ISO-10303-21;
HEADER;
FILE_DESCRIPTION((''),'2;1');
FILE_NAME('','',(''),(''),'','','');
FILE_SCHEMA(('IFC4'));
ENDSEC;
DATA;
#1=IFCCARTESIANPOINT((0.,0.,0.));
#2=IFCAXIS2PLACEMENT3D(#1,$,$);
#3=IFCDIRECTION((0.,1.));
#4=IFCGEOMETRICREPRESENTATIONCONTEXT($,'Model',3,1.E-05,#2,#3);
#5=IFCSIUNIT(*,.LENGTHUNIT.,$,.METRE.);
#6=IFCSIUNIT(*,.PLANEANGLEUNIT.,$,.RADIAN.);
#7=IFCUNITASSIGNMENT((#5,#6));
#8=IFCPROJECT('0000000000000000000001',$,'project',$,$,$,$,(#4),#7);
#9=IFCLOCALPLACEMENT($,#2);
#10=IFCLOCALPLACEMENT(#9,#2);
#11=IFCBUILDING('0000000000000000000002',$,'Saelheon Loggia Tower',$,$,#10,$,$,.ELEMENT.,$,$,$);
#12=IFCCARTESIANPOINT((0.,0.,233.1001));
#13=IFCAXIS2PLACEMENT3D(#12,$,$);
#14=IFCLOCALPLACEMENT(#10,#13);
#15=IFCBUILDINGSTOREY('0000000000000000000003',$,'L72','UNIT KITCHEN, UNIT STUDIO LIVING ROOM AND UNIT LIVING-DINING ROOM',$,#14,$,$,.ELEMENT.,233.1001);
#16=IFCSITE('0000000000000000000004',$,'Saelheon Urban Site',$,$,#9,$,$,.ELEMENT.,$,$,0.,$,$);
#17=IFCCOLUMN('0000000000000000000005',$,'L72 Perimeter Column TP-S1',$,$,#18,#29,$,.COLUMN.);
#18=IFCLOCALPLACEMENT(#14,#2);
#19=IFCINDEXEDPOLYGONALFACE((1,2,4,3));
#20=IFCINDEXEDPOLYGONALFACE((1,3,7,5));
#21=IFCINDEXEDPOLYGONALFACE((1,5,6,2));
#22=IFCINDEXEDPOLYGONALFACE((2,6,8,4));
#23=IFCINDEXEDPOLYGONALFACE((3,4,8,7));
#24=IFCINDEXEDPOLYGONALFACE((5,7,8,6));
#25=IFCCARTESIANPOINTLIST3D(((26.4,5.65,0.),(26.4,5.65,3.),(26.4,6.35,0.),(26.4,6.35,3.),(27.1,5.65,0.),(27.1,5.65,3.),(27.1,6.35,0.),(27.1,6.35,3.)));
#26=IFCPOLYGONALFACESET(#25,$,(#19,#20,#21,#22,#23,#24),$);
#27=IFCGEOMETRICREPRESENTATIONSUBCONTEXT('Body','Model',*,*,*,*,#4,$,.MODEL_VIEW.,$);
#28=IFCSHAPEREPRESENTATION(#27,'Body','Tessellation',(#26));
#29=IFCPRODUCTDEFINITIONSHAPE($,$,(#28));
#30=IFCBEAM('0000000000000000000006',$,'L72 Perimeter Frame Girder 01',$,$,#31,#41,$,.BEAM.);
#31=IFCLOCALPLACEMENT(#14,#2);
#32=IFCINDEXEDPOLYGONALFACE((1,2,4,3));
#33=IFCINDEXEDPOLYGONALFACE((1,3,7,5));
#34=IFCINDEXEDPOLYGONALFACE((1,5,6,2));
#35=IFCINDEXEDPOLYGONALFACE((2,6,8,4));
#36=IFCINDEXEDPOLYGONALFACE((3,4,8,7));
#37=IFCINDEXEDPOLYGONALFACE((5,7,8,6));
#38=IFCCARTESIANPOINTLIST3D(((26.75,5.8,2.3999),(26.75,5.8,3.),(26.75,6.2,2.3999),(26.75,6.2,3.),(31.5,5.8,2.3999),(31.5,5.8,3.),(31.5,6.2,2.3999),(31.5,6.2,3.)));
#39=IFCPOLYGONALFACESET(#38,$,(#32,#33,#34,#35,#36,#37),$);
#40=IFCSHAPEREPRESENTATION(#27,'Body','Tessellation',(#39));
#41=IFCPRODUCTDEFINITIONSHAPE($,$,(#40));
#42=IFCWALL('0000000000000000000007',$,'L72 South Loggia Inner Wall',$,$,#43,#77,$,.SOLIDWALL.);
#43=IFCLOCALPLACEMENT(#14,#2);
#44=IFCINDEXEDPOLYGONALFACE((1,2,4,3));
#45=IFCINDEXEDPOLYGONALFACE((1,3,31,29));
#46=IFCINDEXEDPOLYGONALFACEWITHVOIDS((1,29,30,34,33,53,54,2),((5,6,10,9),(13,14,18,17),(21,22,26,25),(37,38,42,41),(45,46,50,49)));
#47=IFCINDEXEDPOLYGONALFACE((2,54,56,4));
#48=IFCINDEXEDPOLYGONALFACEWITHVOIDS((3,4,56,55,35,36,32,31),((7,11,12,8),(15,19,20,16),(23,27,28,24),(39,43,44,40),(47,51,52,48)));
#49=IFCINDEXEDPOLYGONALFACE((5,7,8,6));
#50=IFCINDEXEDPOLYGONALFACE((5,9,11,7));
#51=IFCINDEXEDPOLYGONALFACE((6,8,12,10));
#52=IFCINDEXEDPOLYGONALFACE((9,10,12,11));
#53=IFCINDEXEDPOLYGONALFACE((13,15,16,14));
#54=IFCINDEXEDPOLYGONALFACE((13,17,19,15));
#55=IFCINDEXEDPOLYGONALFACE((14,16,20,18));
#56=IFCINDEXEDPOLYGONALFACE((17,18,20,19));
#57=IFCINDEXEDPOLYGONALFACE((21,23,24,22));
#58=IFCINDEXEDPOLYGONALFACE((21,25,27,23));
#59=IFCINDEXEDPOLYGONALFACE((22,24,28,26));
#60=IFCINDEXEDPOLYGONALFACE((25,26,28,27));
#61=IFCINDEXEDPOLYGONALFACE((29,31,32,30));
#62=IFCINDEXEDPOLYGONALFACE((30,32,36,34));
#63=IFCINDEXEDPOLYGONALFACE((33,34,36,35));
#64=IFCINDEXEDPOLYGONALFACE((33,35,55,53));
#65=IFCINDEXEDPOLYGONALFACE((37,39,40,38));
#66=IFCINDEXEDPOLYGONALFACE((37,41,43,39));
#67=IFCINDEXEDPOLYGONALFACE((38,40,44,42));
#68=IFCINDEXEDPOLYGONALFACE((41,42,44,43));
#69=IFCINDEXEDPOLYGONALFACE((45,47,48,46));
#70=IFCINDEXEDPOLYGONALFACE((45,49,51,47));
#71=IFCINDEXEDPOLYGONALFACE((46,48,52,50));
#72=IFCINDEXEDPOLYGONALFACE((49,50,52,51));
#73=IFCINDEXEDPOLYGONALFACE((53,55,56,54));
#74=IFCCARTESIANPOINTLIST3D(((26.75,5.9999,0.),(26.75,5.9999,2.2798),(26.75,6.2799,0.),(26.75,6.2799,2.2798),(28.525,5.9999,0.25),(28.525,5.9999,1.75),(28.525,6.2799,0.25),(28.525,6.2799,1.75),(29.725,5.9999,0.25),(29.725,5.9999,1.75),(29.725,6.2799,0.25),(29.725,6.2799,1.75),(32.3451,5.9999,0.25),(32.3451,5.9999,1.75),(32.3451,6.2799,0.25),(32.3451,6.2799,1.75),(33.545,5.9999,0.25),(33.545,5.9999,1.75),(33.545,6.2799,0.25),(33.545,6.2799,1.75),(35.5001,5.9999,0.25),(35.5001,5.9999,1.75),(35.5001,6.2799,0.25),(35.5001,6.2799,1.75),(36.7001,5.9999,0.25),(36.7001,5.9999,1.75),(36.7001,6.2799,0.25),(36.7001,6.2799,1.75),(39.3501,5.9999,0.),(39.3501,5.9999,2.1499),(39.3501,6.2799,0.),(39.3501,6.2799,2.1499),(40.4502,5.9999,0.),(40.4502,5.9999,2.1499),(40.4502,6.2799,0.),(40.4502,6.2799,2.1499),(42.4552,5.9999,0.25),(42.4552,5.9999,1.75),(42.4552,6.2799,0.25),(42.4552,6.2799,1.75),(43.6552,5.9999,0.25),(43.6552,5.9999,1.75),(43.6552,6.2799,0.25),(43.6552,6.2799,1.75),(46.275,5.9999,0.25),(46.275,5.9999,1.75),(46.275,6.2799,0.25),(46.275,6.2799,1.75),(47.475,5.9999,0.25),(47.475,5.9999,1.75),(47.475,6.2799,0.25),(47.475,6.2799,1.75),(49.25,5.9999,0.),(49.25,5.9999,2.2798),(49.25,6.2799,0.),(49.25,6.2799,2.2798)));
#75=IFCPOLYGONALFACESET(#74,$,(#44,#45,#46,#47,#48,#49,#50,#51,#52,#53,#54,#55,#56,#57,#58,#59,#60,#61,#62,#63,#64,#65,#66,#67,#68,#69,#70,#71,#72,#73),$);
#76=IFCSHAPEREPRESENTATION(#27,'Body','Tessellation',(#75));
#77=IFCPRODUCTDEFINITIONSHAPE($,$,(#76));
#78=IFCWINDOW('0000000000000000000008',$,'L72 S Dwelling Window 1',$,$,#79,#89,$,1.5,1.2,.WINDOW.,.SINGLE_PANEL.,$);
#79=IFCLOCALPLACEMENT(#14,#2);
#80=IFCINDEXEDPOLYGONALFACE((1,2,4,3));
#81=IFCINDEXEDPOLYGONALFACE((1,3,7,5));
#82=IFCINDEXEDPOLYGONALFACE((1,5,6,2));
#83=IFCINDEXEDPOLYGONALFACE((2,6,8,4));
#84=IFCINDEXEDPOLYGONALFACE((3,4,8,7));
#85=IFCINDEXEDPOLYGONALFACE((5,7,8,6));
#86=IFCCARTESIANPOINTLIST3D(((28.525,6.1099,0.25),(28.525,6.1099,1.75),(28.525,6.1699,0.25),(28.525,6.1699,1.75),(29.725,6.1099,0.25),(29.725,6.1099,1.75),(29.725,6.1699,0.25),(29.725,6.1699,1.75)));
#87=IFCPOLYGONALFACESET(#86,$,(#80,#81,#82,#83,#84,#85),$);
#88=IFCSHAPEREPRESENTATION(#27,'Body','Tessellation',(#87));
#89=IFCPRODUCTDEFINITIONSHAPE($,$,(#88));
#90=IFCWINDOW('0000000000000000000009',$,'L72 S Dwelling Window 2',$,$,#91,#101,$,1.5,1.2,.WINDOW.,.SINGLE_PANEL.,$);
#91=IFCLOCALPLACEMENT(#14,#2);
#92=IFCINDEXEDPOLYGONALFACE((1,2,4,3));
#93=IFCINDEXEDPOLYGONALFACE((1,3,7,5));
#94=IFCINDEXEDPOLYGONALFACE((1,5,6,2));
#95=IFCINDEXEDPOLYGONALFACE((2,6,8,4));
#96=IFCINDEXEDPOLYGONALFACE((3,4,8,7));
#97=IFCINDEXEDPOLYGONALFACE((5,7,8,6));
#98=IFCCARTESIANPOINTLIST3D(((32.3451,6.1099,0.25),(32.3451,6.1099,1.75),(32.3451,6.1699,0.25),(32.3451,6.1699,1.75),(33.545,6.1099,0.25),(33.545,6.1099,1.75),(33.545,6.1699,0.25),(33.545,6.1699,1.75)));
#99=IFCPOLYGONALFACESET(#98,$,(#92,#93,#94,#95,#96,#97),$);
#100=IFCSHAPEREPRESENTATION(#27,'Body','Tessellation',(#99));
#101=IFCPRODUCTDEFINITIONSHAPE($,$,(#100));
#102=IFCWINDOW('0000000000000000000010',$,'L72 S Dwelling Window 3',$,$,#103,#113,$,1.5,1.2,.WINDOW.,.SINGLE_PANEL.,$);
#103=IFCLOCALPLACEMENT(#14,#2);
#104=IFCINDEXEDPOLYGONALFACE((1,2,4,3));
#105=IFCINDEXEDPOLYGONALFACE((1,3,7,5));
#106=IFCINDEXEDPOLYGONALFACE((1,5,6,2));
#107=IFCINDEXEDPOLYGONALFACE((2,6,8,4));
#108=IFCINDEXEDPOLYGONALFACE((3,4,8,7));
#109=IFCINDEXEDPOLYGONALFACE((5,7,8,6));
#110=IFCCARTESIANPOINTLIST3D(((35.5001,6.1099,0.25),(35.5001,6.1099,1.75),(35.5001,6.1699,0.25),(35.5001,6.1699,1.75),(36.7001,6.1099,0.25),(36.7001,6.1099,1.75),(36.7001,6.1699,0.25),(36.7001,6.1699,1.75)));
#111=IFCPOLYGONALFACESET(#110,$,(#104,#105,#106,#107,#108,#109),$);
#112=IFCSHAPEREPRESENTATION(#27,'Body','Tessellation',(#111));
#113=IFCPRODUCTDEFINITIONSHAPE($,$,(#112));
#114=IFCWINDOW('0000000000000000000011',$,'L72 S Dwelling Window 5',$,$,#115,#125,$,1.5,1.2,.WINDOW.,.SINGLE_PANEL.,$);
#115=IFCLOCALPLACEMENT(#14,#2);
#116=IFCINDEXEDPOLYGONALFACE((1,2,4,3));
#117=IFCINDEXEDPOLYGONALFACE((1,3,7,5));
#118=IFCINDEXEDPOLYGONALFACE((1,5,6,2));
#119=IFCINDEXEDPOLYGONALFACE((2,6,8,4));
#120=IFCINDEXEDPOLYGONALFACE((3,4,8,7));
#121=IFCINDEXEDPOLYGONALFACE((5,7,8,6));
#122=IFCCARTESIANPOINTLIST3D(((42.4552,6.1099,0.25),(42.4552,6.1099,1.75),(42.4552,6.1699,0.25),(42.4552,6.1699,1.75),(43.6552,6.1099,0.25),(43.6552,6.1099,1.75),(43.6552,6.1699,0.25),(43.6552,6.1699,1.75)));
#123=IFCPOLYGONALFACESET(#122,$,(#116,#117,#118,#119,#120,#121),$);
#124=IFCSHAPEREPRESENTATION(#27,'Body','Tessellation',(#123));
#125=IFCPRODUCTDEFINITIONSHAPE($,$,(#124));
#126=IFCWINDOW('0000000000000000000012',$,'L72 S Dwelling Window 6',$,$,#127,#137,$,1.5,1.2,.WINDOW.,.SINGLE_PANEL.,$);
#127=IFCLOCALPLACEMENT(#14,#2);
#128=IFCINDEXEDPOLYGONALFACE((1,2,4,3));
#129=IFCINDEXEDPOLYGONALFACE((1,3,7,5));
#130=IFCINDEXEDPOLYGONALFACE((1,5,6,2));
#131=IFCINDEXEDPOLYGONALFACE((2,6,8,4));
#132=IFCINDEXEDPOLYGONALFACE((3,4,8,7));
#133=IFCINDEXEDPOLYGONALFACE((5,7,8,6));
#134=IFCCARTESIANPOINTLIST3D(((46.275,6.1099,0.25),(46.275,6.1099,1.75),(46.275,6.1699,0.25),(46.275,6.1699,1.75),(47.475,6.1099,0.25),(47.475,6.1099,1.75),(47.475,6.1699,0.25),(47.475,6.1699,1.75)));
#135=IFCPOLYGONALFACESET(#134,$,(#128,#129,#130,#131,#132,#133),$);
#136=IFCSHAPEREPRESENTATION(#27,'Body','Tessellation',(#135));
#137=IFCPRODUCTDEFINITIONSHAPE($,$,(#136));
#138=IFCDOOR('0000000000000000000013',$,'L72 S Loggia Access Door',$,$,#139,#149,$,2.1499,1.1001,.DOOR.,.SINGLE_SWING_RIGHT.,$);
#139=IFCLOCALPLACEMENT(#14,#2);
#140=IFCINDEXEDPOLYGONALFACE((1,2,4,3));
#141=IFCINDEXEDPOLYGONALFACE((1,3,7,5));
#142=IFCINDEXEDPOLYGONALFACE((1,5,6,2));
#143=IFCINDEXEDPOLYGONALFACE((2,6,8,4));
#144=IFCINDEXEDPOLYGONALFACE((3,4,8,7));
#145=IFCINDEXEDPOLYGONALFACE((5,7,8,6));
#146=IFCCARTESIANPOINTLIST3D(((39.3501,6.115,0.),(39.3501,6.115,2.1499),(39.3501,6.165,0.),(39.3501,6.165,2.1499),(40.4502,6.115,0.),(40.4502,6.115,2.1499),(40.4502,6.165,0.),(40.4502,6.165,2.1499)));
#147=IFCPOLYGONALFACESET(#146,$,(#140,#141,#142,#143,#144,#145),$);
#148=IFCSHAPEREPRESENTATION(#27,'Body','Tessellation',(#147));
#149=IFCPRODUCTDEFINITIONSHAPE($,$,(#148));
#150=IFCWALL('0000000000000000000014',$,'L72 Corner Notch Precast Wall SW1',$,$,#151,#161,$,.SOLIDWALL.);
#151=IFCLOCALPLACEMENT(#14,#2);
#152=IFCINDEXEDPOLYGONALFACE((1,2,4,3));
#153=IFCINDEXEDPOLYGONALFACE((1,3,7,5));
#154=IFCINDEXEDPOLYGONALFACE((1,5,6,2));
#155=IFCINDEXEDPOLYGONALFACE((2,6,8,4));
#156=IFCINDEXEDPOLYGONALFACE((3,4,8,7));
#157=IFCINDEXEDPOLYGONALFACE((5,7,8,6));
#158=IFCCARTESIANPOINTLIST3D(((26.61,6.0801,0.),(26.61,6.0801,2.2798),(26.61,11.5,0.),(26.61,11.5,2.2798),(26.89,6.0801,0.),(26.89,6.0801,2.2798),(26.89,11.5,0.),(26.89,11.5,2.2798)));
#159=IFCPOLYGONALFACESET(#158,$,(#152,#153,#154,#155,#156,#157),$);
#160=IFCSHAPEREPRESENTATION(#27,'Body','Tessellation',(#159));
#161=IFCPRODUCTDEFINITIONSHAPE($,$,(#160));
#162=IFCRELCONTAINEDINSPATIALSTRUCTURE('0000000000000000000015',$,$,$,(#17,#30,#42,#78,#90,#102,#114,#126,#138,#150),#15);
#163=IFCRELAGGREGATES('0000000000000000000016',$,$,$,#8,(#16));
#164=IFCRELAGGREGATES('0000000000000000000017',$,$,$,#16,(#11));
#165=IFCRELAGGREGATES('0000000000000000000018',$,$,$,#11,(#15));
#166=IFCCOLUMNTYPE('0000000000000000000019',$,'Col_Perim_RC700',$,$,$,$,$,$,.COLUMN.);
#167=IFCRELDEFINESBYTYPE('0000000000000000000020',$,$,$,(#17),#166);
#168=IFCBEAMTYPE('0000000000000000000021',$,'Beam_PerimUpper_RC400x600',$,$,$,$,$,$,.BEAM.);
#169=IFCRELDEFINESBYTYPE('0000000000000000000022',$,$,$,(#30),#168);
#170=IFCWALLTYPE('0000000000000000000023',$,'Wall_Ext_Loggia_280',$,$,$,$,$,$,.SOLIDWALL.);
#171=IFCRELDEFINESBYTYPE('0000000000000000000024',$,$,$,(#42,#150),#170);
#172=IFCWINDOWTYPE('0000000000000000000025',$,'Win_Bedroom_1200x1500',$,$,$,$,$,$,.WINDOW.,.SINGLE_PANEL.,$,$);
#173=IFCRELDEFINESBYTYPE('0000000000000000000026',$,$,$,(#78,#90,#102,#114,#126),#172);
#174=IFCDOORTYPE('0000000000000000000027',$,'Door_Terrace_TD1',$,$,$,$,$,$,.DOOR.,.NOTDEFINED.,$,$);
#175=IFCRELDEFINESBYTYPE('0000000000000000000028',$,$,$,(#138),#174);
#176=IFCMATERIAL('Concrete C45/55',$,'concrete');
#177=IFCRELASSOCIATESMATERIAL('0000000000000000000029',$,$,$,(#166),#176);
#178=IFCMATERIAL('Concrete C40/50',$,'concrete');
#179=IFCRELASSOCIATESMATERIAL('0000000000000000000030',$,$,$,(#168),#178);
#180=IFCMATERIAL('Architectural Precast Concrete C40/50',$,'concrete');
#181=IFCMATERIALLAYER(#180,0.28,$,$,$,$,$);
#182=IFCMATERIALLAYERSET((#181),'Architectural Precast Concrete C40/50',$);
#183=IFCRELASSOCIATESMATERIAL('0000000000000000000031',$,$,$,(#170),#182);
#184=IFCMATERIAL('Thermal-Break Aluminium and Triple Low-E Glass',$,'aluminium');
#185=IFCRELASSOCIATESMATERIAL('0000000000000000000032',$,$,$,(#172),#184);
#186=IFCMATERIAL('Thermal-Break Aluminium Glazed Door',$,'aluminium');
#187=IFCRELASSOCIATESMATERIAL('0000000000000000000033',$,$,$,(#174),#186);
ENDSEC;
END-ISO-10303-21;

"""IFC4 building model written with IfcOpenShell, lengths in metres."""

from ifc_helpers import new_model, si_unit, direction, frame, frame_2d, origin, origin_2d, place, context, subcontext, project, spatial, rectangle, extrude, source, transform, mapped, material, layer, layer_set, material_profile, profile_set, type_object, element, fill, save


model = new_model("IFC4")

# Units and contexts
model_context = context("Model", 3, precision=1e-05, world=origin(), true_north=direction((0.0, 1.0)))
body_context = subcontext(model_context, "Body", "Model", "MODEL_VIEW")
ifc_project = project(units=[si_unit("LENGTHUNIT", "METRE"), si_unit("PLANEANGLEUNIT", "RADIAN")], contexts=[model_context])

# Site, building, storey
site_placement = place(None, origin())
site = spatial("IfcSite", under=ifc_project, at=site_placement, Name="Saelheon Urban Site", CompositionType="ELEMENT", RefElevation=0.0)
building_placement = place(site_placement, origin())
building = spatial("IfcBuilding", under=site, at=building_placement, Name="Saelheon Loggia Tower", CompositionType="ELEMENT")
storey_placement = place(building_placement, frame((0.0, 0.0, 233.1001)))
storey = spatial("IfcBuildingStorey", under=building, at=storey_placement, Name="L72", Description="UNIT KITCHEN, UNIT STUDIO LIVING ROOM AND UNIT LIVING-DINING ROOM", CompositionType="ELEMENT", Elevation=233.1001)

# Column
ifc_material_1 = material(Name="Concrete C45/55", Category="concrete")
ifc_material_profile_1 = material_profile(ifc_material_1, rectangle(XDim=0.7, YDim=0.7, at=origin_2d()), Name="RC-700x700")
ifc_profile_set_1 = profile_set([ifc_material_profile_1], Name="Concrete C45/55")
column_type = type_object("IfcColumnType", Name="Col_Perim_RC700", PredefinedType="COLUMN", material=ifc_profile_set_1)
shared_shape_1 = source(origin(), body_context, "Body", "SweptSolid", [
    extrude(rectangle(XDim=0.7, YDim=0.7, at=origin_2d()), origin(), (0.0, 0.0, 1.0), 3.0),
])
column_placement = place(storey_placement, frame((26.75, 6.0, 0.0), z_axis=(0.0, 0.0, 1.0), x_axis=(1.0, 0.0, 0.0)))
element("IfcColumn", 1, at=column_placement, inside=storey, type_object=column_type, Name="L72 Perimeter Column TP-S1", PredefinedType="COLUMN", context=body_context, shape_type="MappedRepresentation", body=[
    mapped(shared_shape_1, transform((0.0, 0.0, 0.0), scale=1.0)),
])

# Beam
ifc_material_2 = material(Name="Concrete C40/50", Category="concrete")
ifc_material_profile_2 = material_profile(ifc_material_2, rectangle(XDim=0.3999, YDim=0.6001, at=origin_2d()), Name="RC-400x600")
ifc_profile_set_2 = profile_set([ifc_material_profile_2], Name="Concrete C40/50")
beam_type = type_object("IfcBeamType", Name="Beam_PerimUpper_RC400x600", PredefinedType="BEAM", material=ifc_profile_set_2)
shared_shape_2 = source(origin(), body_context, "Body", "SweptSolid", [
    extrude(rectangle(XDim=0.3999, YDim=0.6001, at=origin_2d()), origin(), (0.0, 0.0, 1.0), 4.75),
])
beam_placement = place(storey_placement, frame((26.75, 6.0, 2.7), z_axis=(1.0, 0.0, 0.0), x_axis=(0.0, 1.0, 0.0)))
element("IfcBeam", 2, at=beam_placement, inside=storey, type_object=beam_type, Name="L72 Perimeter Frame Girder 01", PredefinedType="BEAM", context=body_context, shape_type="MappedRepresentation", body=[
    mapped(shared_shape_2, transform((0.0, 0.0, 0.0), scale=1.0)),
])

# Wall, openings, windows, door
ifc_material_3 = material(Name="Architectural Precast Concrete C40/50", Category="concrete")
ifc_layer_1 = layer(ifc_material_3, 0.28)
ifc_layer_set_1 = layer_set([ifc_layer_1], Name="Architectural Precast Concrete C40/50")
wall_type_1 = type_object("IfcWallType", Name="Wall_Ext_Loggia_280", PredefinedType="SOLIDWALL", material=ifc_layer_set_1)
wall_1_placement = place(storey_placement, frame((26.75, 6.1399, 0.0), z_axis=(0.0, 0.0, 1.0), x_axis=(1.0, 0.0, 0.0)))
wall_1 = element("IfcWall", 3, at=wall_1_placement, inside=storey, type_object=wall_type_1, Name="L72 South Loggia Inner Wall", PredefinedType="SOLIDWALL", context=body_context, shape_type="SweptSolid", body=[
    extrude(rectangle(XDim=22.5, YDim=0.28, at=frame_2d((11.25, 0.0))), origin(), (0.0, 0.0, 1.0), 2.2798),
])
opening_1_placement = place(wall_1_placement, frame((1.7749, 0.0, 0.25)))
opening_1 = element("IfcOpeningElement", 4, at=opening_1_placement, cuts=wall_1, PredefinedType="OPENING", context=body_context, shape_type="SweptSolid", body=[
    extrude(rectangle(XDim=1.2, YDim=1.5, at=frame_2d((0.6001, 0.75))), frame((0.0, 0.1521, 0.0), z_axis=(0.0, -1.0, 0.0), x_axis=(1.0, 0.0, 0.0)), (0.0, 0.0, 1.0), 0.304),
])
opening_2_placement = place(wall_1_placement, frame((5.595, 0.0, 0.25)))
opening_2 = element("IfcOpeningElement", 5, at=opening_2_placement, cuts=wall_1, PredefinedType="OPENING", context=body_context, shape_type="SweptSolid", body=[
    extrude(rectangle(XDim=1.2, YDim=1.5, at=frame_2d((0.6001, 0.75))), frame((0.0, 0.1521, 0.0), z_axis=(0.0, -1.0, 0.0), x_axis=(1.0, 0.0, 0.0)), (0.0, 0.0, 1.0), 0.304),
])
opening_3_placement = place(wall_1_placement, frame((8.75, 0.0, 0.25)))
opening_3 = element("IfcOpeningElement", 6, at=opening_3_placement, cuts=wall_1, PredefinedType="OPENING", context=body_context, shape_type="SweptSolid", body=[
    extrude(rectangle(XDim=1.2, YDim=1.5, at=frame_2d((0.6001, 0.75))), frame((0.0, 0.1521, 0.0), z_axis=(0.0, -1.0, 0.0), x_axis=(1.0, 0.0, 0.0)), (0.0, 0.0, 1.0), 0.304),
])
opening_4_placement = place(wall_1_placement, frame((13.7002, 0.0, 0.0), z_axis=(0.0, 0.0, 1.0), x_axis=(-1.0, 0.0, 0.0)))
opening_4 = element("IfcOpeningElement", 7, at=opening_4_placement, cuts=wall_1, PredefinedType="OPENING", context=body_context, shape_type="SweptSolid", body=[
    extrude(rectangle(XDim=1.1001, YDim=2.1499, at=frame_2d((0.55, 1.075))), frame((0.0, 0.1521, 0.0), z_axis=(0.0, -1.0, 0.0), x_axis=(1.0, 0.0, 0.0)), (0.0, 0.0, 1.0), 0.304),
])
opening_5_placement = place(wall_1_placement, frame((15.7051, 0.0, 0.25)))
opening_5 = element("IfcOpeningElement", 8, at=opening_5_placement, cuts=wall_1, PredefinedType="OPENING", context=body_context, shape_type="SweptSolid", body=[
    extrude(rectangle(XDim=1.2, YDim=1.5, at=frame_2d((0.6001, 0.75))), frame((0.0, 0.1521, 0.0), z_axis=(0.0, -1.0, 0.0), x_axis=(1.0, 0.0, 0.0)), (0.0, 0.0, 1.0), 0.304),
])
opening_6_placement = place(wall_1_placement, frame((19.5249, 0.0, 0.25)))
opening_6 = element("IfcOpeningElement", 9, at=opening_6_placement, cuts=wall_1, PredefinedType="OPENING", context=body_context, shape_type="SweptSolid", body=[
    extrude(rectangle(XDim=1.2, YDim=1.5, at=frame_2d((0.6001, 0.75))), frame((0.0, 0.1521, 0.0), z_axis=(0.0, -1.0, 0.0), x_axis=(1.0, 0.0, 0.0)), (0.0, 0.0, 1.0), 0.304),
])
ifc_material_4 = material(Name="Thermal-Break Aluminium and Triple Low-E Glass", Category="aluminium")
window_type_1 = type_object("IfcWindowType", Name="Win_Bedroom_1200x1500", PartitioningType="SINGLE_PANEL", PredefinedType="WINDOW", material=ifc_material_4)
shared_shape_3 = source(origin(), body_context, "Body", "SweptSolid", [
    extrude(rectangle(XDim=1.2, YDim=1.5, at=frame_2d((0.6001, 0.75))), frame((0.0, 0.03, 0.0), z_axis=(0.0, -1.0, 0.0), x_axis=(1.0, 0.0, 0.0)), (0.0, 0.0, 1.0), 0.0601),
])
window_1_placement = place(opening_1_placement, origin())
window_1 = element("IfcWindow", 10, at=window_1_placement, inside=storey, type_object=window_type_1, Name="L72 S Dwelling Window 1", OverallHeight=1.5, OverallWidth=1.2, PartitioningType="SINGLE_PANEL", PredefinedType="WINDOW", context=body_context, shape_type="MappedRepresentation", body=[
    mapped(shared_shape_3, transform((0.0, 0.0, 0.0), scale=1.0)),
])
fill(opening_1, window_1)
window_2_placement = place(opening_2_placement, origin())
window_2 = element("IfcWindow", 11, at=window_2_placement, inside=storey, type_object=window_type_1, Name="L72 S Dwelling Window 2", OverallHeight=1.5, OverallWidth=1.2, PartitioningType="SINGLE_PANEL", PredefinedType="WINDOW", context=body_context, shape_type="MappedRepresentation", body=[
    mapped(shared_shape_3, transform((0.0, 0.0, 0.0), scale=1.0)),
])
fill(opening_2, window_2)
window_3_placement = place(opening_3_placement, origin())
window_3 = element("IfcWindow", 12, at=window_3_placement, inside=storey, type_object=window_type_1, Name="L72 S Dwelling Window 3", OverallHeight=1.5, OverallWidth=1.2, PartitioningType="SINGLE_PANEL", PredefinedType="WINDOW", context=body_context, shape_type="MappedRepresentation", body=[
    mapped(shared_shape_3, transform((0.0, 0.0, 0.0), scale=1.0)),
])
fill(opening_3, window_3)
window_4_placement = place(opening_5_placement, origin())
window_4 = element("IfcWindow", 13, at=window_4_placement, inside=storey, type_object=window_type_1, Name="L72 S Dwelling Window 5", OverallHeight=1.5, OverallWidth=1.2, PartitioningType="SINGLE_PANEL", PredefinedType="WINDOW", context=body_context, shape_type="MappedRepresentation", body=[
    mapped(shared_shape_3, transform((0.0, 0.0, 0.0), scale=1.0)),
])
fill(opening_5, window_4)
window_5_placement = place(opening_6_placement, origin())
window_5 = element("IfcWindow", 14, at=window_5_placement, inside=storey, type_object=window_type_1, Name="L72 S Dwelling Window 6", OverallHeight=1.5, OverallWidth=1.2, PartitioningType="SINGLE_PANEL", PredefinedType="WINDOW", context=body_context, shape_type="MappedRepresentation", body=[
    mapped(shared_shape_3, transform((0.0, 0.0, 0.0), scale=1.0)),
])
fill(opening_6, window_5)
ifc_material_5 = material(Name="Thermal-Break Aluminium Glazed Door", Category="aluminium")
door_type_1 = type_object("IfcDoorType", Name="Door_Terrace_TD1", OperationType="NOTDEFINED", PredefinedType="DOOR", material=ifc_material_5)
shared_shape_4 = source(origin(), body_context, "Body", "SweptSolid", [
    extrude(rectangle(XDim=1.1001, YDim=2.1499, at=frame_2d((0.55, 1.075))), frame((0.0, 0.0249, 0.0), z_axis=(0.0, -1.0, 0.0), x_axis=(1.0, 0.0, 0.0)), (0.0, 0.0, 1.0), 0.05),
])
door_1_placement = place(opening_4_placement, origin())
door_1 = element("IfcDoor", 15, at=door_1_placement, inside=storey, type_object=door_type_1, Name="L72 S Loggia Access Door", OperationType="SINGLE_SWING_RIGHT", OverallHeight=2.1499, OverallWidth=1.1001, PredefinedType="DOOR", context=body_context, shape_type="MappedRepresentation", body=[
    mapped(shared_shape_4, transform((0.0, 0.0, 0.0), scale=1.0)),
])
fill(opening_4, door_1)

# Wall
for number, where, z_axis, x_axis, name in (
    (16, (26.75, 6.0801, 0.0), (0.0, 0.0, 1.0), (0.0, 1.0, 0.0), "L72 Corner Notch Precast Wall SW1"),
):
    element("IfcWall", number, at=place(storey_placement, frame(where, z_axis=z_axis, x_axis=x_axis)), inside=storey, type_object=wall_type_1, Name=name, PredefinedType="SOLIDWALL", context=body_context, shape_type="SweptSolid", body=[
        extrude(rectangle(XDim=5.4199, YDim=0.28, at=frame_2d((2.71, 0.0))), origin(), (0.0, 0.0, 1.0), 2.2798),
    ])

save(model, "model.ifc")
